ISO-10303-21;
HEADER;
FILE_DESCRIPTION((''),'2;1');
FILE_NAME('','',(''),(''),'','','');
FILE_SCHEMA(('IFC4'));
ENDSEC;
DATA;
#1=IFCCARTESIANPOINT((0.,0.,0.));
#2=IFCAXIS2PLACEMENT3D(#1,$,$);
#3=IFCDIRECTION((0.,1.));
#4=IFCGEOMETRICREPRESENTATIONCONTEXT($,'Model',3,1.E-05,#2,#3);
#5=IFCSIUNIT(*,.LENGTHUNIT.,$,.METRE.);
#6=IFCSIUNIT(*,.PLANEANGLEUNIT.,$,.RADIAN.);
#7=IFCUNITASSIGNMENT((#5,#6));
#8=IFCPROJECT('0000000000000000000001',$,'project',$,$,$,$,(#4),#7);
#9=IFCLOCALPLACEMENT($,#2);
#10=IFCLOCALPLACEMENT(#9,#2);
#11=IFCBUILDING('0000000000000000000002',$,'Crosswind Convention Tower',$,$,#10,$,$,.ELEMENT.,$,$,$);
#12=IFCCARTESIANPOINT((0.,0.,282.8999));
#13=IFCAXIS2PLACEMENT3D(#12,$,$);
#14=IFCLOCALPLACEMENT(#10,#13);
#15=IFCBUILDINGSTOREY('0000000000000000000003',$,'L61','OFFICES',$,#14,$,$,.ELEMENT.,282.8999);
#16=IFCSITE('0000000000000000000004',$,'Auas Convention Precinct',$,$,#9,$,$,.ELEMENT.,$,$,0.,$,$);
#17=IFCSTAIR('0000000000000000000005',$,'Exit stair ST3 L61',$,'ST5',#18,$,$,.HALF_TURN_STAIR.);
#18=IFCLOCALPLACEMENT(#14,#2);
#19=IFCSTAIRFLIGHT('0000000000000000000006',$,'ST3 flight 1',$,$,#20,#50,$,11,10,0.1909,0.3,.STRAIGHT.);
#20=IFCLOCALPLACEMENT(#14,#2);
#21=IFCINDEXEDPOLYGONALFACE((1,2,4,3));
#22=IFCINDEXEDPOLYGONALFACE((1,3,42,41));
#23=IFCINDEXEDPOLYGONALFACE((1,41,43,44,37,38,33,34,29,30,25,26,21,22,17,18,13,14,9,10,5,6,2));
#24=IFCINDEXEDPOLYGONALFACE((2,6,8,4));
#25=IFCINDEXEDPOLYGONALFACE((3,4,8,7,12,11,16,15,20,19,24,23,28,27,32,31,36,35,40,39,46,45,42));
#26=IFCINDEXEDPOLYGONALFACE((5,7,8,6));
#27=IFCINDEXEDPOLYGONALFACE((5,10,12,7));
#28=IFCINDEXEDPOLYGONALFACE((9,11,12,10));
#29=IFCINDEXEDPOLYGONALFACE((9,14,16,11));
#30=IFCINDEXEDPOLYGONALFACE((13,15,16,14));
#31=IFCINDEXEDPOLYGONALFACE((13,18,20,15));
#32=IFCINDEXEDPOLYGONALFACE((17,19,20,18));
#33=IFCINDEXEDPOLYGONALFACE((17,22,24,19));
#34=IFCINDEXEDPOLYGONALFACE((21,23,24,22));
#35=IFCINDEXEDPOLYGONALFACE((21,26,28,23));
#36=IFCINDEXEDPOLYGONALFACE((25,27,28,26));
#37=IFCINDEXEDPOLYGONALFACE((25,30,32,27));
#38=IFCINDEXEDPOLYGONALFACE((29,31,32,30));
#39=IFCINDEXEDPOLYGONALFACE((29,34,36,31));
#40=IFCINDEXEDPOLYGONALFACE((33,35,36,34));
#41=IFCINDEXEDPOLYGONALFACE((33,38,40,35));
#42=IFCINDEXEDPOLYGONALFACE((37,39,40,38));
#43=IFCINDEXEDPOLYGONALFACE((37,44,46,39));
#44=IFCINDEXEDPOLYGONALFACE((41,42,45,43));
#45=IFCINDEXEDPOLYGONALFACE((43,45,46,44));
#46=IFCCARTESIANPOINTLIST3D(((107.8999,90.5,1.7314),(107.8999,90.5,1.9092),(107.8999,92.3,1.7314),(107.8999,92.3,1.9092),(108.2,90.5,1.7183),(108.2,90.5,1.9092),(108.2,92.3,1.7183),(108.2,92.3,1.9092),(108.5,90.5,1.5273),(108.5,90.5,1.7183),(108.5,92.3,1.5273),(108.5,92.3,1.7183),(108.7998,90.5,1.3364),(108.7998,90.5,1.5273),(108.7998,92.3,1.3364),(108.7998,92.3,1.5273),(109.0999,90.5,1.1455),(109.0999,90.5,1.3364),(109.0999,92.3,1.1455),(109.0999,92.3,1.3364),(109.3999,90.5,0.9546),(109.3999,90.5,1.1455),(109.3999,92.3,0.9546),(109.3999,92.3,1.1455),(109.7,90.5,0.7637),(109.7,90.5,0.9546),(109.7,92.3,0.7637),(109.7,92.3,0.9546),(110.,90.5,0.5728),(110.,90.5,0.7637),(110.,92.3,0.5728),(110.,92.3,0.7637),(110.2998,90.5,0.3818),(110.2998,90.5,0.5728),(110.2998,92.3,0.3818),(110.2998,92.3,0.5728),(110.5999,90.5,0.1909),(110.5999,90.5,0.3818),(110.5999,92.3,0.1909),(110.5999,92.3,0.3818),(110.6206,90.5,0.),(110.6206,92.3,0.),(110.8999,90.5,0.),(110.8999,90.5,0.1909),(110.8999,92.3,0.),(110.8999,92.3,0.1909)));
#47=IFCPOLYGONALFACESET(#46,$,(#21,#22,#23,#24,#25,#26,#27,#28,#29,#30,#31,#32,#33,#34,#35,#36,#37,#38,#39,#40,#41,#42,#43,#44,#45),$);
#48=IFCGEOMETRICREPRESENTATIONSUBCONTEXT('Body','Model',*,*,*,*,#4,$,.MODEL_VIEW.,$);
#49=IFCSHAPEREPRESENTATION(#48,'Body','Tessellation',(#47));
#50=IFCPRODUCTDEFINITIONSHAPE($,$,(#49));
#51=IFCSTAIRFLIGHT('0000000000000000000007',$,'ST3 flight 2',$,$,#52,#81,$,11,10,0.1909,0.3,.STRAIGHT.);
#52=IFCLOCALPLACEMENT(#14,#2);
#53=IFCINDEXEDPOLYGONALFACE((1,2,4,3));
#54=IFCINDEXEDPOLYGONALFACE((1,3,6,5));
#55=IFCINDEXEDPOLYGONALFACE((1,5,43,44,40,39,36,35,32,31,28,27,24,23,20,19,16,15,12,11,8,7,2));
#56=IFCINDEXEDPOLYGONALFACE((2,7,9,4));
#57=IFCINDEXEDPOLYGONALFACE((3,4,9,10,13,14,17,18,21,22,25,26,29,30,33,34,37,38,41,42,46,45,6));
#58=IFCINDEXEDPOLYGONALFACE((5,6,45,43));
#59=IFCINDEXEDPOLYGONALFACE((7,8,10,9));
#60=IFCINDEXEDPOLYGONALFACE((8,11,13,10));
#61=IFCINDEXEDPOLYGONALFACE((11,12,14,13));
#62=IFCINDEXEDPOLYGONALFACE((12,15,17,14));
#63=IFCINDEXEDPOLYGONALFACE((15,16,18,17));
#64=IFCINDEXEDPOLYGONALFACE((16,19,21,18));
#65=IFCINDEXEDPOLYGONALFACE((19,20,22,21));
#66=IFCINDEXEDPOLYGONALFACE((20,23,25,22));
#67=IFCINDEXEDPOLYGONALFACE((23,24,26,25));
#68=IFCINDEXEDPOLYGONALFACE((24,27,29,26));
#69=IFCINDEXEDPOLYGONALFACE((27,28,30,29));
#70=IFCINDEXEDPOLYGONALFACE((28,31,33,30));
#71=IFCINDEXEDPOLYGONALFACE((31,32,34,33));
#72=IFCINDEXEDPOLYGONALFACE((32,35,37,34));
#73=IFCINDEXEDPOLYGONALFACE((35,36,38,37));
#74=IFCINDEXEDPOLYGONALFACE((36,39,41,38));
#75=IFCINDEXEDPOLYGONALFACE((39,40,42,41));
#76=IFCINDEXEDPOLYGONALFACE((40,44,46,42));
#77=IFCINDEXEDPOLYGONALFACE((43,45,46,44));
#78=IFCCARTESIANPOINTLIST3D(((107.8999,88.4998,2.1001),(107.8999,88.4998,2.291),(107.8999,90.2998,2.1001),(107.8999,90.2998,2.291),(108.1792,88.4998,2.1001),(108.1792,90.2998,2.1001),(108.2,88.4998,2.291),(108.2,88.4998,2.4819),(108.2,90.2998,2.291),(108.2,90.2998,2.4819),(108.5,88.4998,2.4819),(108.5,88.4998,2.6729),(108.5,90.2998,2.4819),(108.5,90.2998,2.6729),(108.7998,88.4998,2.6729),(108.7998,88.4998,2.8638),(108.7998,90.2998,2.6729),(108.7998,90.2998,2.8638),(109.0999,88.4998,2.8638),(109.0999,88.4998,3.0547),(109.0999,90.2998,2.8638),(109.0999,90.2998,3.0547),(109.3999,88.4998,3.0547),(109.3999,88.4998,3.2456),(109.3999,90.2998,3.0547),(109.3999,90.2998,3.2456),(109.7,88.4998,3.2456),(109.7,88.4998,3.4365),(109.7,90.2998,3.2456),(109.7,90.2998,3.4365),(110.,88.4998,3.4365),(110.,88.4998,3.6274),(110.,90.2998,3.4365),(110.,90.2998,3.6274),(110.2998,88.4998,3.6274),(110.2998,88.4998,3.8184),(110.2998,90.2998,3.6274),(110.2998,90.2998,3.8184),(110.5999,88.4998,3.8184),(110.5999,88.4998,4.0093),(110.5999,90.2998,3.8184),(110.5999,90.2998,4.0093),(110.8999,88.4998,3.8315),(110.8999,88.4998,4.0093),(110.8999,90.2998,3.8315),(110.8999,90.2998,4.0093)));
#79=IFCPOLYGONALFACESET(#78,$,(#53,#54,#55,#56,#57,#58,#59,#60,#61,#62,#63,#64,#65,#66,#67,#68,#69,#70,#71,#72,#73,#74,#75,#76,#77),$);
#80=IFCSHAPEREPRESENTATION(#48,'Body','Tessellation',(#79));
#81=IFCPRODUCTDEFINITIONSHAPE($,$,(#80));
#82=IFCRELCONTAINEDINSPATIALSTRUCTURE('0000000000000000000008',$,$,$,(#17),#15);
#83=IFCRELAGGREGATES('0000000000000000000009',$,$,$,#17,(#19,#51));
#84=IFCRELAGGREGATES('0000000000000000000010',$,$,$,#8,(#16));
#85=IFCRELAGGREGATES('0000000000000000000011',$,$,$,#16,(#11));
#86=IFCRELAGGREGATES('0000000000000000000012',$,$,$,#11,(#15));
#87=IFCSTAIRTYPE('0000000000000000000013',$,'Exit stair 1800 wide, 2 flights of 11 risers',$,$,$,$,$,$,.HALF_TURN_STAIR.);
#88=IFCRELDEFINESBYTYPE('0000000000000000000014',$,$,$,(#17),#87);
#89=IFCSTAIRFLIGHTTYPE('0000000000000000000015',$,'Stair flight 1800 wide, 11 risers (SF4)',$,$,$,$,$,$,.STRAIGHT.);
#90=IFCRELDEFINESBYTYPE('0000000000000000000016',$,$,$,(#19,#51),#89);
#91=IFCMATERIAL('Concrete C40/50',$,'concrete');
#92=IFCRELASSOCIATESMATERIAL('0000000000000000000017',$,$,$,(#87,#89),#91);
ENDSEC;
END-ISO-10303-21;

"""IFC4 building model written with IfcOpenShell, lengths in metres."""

from ifc_helpers import new_model, si_unit, direction, frame, origin, place, context, subcontext, project, spatial, polyline, outline, extrude, material, type_object, element, aggregate, save


model = new_model("IFC4")

# Units and contexts
model_context = context("Model", 3, precision=1e-05, world=origin(), true_north=direction((0.0, 1.0)))
body_context = subcontext(model_context, "Body", "Model", "MODEL_VIEW")
ifc_project = project(units=[si_unit("LENGTHUNIT", "METRE"), si_unit("PLANEANGLEUNIT", "RADIAN")], contexts=[model_context])

# Site, building, storey
site_placement = place(None, origin())
site = spatial("IfcSite", under=ifc_project, at=site_placement, Name="Auas Convention Precinct", CompositionType="ELEMENT", RefElevation=0.0)
building_placement = place(site_placement, origin())
building = spatial("IfcBuilding", under=site, at=building_placement, Name="Crosswind Convention Tower", CompositionType="ELEMENT")
storey_placement = place(building_placement, frame((0.0, 0.0, 282.8999)))
storey = spatial("IfcBuildingStorey", under=building, at=storey_placement, Name="L61", Description="OFFICES", CompositionType="ELEMENT", Elevation=282.8999)

# Shared definitions
ifc_material_1 = material(Name="Concrete C40/50", Category="concrete")

# Stair
stair_type = type_object("IfcStairType", Name="Exit stair 1800 wide, 2 flights of 11 risers", PredefinedType="HALF_TURN_STAIR", material=ifc_material_1)
stair_1_placement = place(storey_placement, origin())
stair_1 = element("IfcStair", 1, at=stair_1_placement, inside=storey, type_object=stair_type, Name="Exit stair ST3 L61", ObjectType="ST5", PredefinedType="HALF_TURN_STAIR")

# Stair flights
stair_flight_type = type_object("IfcStairFlightType", Name="Stair flight 1800 wide, 11 risers (SF4)", PredefinedType="STRAIGHT", material=ifc_material_1)
stair_flight_1_placement = place(storey_placement, frame((110.8999, 91.3999, 0.0), z_axis=(0.0, 0.0, 1.0), x_axis=(-1.0, 0.0, 0.0)))
stair_flight_1 = element("IfcStairFlight", 2, at=stair_flight_1_placement, type_object=stair_flight_type, Name="ST3 flight 1", NumberOfRisers=11, NumberOfTreads=10, PredefinedType="STRAIGHT", RiserHeight=0.1909, TreadLength=0.3, context=body_context, shape_type="SweptSolid", body=[
    extrude(outline(polyline([(0.0, 0.0), (0.0, 0.1909), (0.3, 0.1909), (0.3, 0.3818), (0.6001, 0.3818), (0.6001, 0.5728), (0.8999, 0.5728), (0.8999, 0.7637), (1.2, 0.7637), (1.2, 0.9546), (1.5, 0.9546), (1.5, 1.1455), (1.8, 1.1455), (1.8, 1.3364), (2.1001, 1.3364), (2.1001, 1.5273), (2.3999, 1.5273), (2.3999, 1.7183), (2.7, 1.7183), (2.7, 1.9092), (3.0, 1.9092), (3.0, 2.1001), (3.0, 1.7314), (0.2793, 0.0), (0.0, 0.0)])), frame((0.0, 0.8999, 0.0), z_axis=(0.0, -1.0, 0.0), x_axis=(1.0, 0.0, 0.0)), (0.0, 0.0, 1.0), 1.8),
])
stair_flight_2_placement = place(storey_placement, frame((107.8999, 89.3999, 2.1001), z_axis=(0.0, 0.0, 1.0), x_axis=(1.0, 0.0, 0.0)))
stair_flight_2 = element("IfcStairFlight", 3, at=stair_flight_2_placement, type_object=stair_flight_type, Name="ST3 flight 2", NumberOfRisers=11, NumberOfTreads=10, PredefinedType="STRAIGHT", RiserHeight=0.1909, TreadLength=0.3, context=body_context, shape_type="SweptSolid", body=[
    extrude(outline(polyline([(0.0, 0.0), (0.0, 0.1909), (0.3, 0.1909), (0.3, 0.3818), (0.6001, 0.3818), (0.6001, 0.5728), (0.8999, 0.5728), (0.8999, 0.7637), (1.2, 0.7637), (1.2, 0.9546), (1.5, 0.9546), (1.5, 1.1455), (1.8, 1.1455), (1.8, 1.3364), (2.1001, 1.3364), (2.1001, 1.5273), (2.3999, 1.5273), (2.3999, 1.7183), (2.7, 1.7183), (2.7, 1.9092), (3.0, 1.9092), (3.0, 2.1001), (3.0, 1.7314), (0.2793, 0.0), (0.0, 0.0)])), frame((0.0, 0.8999, 0.0), z_axis=(0.0, -1.0, 0.0), x_axis=(1.0, 0.0, 0.0)), (0.0, 0.0, 1.0), 1.8),
])
aggregate(stair_1, [stair_flight_1, stair_flight_2])

save(model, "model.ifc")
